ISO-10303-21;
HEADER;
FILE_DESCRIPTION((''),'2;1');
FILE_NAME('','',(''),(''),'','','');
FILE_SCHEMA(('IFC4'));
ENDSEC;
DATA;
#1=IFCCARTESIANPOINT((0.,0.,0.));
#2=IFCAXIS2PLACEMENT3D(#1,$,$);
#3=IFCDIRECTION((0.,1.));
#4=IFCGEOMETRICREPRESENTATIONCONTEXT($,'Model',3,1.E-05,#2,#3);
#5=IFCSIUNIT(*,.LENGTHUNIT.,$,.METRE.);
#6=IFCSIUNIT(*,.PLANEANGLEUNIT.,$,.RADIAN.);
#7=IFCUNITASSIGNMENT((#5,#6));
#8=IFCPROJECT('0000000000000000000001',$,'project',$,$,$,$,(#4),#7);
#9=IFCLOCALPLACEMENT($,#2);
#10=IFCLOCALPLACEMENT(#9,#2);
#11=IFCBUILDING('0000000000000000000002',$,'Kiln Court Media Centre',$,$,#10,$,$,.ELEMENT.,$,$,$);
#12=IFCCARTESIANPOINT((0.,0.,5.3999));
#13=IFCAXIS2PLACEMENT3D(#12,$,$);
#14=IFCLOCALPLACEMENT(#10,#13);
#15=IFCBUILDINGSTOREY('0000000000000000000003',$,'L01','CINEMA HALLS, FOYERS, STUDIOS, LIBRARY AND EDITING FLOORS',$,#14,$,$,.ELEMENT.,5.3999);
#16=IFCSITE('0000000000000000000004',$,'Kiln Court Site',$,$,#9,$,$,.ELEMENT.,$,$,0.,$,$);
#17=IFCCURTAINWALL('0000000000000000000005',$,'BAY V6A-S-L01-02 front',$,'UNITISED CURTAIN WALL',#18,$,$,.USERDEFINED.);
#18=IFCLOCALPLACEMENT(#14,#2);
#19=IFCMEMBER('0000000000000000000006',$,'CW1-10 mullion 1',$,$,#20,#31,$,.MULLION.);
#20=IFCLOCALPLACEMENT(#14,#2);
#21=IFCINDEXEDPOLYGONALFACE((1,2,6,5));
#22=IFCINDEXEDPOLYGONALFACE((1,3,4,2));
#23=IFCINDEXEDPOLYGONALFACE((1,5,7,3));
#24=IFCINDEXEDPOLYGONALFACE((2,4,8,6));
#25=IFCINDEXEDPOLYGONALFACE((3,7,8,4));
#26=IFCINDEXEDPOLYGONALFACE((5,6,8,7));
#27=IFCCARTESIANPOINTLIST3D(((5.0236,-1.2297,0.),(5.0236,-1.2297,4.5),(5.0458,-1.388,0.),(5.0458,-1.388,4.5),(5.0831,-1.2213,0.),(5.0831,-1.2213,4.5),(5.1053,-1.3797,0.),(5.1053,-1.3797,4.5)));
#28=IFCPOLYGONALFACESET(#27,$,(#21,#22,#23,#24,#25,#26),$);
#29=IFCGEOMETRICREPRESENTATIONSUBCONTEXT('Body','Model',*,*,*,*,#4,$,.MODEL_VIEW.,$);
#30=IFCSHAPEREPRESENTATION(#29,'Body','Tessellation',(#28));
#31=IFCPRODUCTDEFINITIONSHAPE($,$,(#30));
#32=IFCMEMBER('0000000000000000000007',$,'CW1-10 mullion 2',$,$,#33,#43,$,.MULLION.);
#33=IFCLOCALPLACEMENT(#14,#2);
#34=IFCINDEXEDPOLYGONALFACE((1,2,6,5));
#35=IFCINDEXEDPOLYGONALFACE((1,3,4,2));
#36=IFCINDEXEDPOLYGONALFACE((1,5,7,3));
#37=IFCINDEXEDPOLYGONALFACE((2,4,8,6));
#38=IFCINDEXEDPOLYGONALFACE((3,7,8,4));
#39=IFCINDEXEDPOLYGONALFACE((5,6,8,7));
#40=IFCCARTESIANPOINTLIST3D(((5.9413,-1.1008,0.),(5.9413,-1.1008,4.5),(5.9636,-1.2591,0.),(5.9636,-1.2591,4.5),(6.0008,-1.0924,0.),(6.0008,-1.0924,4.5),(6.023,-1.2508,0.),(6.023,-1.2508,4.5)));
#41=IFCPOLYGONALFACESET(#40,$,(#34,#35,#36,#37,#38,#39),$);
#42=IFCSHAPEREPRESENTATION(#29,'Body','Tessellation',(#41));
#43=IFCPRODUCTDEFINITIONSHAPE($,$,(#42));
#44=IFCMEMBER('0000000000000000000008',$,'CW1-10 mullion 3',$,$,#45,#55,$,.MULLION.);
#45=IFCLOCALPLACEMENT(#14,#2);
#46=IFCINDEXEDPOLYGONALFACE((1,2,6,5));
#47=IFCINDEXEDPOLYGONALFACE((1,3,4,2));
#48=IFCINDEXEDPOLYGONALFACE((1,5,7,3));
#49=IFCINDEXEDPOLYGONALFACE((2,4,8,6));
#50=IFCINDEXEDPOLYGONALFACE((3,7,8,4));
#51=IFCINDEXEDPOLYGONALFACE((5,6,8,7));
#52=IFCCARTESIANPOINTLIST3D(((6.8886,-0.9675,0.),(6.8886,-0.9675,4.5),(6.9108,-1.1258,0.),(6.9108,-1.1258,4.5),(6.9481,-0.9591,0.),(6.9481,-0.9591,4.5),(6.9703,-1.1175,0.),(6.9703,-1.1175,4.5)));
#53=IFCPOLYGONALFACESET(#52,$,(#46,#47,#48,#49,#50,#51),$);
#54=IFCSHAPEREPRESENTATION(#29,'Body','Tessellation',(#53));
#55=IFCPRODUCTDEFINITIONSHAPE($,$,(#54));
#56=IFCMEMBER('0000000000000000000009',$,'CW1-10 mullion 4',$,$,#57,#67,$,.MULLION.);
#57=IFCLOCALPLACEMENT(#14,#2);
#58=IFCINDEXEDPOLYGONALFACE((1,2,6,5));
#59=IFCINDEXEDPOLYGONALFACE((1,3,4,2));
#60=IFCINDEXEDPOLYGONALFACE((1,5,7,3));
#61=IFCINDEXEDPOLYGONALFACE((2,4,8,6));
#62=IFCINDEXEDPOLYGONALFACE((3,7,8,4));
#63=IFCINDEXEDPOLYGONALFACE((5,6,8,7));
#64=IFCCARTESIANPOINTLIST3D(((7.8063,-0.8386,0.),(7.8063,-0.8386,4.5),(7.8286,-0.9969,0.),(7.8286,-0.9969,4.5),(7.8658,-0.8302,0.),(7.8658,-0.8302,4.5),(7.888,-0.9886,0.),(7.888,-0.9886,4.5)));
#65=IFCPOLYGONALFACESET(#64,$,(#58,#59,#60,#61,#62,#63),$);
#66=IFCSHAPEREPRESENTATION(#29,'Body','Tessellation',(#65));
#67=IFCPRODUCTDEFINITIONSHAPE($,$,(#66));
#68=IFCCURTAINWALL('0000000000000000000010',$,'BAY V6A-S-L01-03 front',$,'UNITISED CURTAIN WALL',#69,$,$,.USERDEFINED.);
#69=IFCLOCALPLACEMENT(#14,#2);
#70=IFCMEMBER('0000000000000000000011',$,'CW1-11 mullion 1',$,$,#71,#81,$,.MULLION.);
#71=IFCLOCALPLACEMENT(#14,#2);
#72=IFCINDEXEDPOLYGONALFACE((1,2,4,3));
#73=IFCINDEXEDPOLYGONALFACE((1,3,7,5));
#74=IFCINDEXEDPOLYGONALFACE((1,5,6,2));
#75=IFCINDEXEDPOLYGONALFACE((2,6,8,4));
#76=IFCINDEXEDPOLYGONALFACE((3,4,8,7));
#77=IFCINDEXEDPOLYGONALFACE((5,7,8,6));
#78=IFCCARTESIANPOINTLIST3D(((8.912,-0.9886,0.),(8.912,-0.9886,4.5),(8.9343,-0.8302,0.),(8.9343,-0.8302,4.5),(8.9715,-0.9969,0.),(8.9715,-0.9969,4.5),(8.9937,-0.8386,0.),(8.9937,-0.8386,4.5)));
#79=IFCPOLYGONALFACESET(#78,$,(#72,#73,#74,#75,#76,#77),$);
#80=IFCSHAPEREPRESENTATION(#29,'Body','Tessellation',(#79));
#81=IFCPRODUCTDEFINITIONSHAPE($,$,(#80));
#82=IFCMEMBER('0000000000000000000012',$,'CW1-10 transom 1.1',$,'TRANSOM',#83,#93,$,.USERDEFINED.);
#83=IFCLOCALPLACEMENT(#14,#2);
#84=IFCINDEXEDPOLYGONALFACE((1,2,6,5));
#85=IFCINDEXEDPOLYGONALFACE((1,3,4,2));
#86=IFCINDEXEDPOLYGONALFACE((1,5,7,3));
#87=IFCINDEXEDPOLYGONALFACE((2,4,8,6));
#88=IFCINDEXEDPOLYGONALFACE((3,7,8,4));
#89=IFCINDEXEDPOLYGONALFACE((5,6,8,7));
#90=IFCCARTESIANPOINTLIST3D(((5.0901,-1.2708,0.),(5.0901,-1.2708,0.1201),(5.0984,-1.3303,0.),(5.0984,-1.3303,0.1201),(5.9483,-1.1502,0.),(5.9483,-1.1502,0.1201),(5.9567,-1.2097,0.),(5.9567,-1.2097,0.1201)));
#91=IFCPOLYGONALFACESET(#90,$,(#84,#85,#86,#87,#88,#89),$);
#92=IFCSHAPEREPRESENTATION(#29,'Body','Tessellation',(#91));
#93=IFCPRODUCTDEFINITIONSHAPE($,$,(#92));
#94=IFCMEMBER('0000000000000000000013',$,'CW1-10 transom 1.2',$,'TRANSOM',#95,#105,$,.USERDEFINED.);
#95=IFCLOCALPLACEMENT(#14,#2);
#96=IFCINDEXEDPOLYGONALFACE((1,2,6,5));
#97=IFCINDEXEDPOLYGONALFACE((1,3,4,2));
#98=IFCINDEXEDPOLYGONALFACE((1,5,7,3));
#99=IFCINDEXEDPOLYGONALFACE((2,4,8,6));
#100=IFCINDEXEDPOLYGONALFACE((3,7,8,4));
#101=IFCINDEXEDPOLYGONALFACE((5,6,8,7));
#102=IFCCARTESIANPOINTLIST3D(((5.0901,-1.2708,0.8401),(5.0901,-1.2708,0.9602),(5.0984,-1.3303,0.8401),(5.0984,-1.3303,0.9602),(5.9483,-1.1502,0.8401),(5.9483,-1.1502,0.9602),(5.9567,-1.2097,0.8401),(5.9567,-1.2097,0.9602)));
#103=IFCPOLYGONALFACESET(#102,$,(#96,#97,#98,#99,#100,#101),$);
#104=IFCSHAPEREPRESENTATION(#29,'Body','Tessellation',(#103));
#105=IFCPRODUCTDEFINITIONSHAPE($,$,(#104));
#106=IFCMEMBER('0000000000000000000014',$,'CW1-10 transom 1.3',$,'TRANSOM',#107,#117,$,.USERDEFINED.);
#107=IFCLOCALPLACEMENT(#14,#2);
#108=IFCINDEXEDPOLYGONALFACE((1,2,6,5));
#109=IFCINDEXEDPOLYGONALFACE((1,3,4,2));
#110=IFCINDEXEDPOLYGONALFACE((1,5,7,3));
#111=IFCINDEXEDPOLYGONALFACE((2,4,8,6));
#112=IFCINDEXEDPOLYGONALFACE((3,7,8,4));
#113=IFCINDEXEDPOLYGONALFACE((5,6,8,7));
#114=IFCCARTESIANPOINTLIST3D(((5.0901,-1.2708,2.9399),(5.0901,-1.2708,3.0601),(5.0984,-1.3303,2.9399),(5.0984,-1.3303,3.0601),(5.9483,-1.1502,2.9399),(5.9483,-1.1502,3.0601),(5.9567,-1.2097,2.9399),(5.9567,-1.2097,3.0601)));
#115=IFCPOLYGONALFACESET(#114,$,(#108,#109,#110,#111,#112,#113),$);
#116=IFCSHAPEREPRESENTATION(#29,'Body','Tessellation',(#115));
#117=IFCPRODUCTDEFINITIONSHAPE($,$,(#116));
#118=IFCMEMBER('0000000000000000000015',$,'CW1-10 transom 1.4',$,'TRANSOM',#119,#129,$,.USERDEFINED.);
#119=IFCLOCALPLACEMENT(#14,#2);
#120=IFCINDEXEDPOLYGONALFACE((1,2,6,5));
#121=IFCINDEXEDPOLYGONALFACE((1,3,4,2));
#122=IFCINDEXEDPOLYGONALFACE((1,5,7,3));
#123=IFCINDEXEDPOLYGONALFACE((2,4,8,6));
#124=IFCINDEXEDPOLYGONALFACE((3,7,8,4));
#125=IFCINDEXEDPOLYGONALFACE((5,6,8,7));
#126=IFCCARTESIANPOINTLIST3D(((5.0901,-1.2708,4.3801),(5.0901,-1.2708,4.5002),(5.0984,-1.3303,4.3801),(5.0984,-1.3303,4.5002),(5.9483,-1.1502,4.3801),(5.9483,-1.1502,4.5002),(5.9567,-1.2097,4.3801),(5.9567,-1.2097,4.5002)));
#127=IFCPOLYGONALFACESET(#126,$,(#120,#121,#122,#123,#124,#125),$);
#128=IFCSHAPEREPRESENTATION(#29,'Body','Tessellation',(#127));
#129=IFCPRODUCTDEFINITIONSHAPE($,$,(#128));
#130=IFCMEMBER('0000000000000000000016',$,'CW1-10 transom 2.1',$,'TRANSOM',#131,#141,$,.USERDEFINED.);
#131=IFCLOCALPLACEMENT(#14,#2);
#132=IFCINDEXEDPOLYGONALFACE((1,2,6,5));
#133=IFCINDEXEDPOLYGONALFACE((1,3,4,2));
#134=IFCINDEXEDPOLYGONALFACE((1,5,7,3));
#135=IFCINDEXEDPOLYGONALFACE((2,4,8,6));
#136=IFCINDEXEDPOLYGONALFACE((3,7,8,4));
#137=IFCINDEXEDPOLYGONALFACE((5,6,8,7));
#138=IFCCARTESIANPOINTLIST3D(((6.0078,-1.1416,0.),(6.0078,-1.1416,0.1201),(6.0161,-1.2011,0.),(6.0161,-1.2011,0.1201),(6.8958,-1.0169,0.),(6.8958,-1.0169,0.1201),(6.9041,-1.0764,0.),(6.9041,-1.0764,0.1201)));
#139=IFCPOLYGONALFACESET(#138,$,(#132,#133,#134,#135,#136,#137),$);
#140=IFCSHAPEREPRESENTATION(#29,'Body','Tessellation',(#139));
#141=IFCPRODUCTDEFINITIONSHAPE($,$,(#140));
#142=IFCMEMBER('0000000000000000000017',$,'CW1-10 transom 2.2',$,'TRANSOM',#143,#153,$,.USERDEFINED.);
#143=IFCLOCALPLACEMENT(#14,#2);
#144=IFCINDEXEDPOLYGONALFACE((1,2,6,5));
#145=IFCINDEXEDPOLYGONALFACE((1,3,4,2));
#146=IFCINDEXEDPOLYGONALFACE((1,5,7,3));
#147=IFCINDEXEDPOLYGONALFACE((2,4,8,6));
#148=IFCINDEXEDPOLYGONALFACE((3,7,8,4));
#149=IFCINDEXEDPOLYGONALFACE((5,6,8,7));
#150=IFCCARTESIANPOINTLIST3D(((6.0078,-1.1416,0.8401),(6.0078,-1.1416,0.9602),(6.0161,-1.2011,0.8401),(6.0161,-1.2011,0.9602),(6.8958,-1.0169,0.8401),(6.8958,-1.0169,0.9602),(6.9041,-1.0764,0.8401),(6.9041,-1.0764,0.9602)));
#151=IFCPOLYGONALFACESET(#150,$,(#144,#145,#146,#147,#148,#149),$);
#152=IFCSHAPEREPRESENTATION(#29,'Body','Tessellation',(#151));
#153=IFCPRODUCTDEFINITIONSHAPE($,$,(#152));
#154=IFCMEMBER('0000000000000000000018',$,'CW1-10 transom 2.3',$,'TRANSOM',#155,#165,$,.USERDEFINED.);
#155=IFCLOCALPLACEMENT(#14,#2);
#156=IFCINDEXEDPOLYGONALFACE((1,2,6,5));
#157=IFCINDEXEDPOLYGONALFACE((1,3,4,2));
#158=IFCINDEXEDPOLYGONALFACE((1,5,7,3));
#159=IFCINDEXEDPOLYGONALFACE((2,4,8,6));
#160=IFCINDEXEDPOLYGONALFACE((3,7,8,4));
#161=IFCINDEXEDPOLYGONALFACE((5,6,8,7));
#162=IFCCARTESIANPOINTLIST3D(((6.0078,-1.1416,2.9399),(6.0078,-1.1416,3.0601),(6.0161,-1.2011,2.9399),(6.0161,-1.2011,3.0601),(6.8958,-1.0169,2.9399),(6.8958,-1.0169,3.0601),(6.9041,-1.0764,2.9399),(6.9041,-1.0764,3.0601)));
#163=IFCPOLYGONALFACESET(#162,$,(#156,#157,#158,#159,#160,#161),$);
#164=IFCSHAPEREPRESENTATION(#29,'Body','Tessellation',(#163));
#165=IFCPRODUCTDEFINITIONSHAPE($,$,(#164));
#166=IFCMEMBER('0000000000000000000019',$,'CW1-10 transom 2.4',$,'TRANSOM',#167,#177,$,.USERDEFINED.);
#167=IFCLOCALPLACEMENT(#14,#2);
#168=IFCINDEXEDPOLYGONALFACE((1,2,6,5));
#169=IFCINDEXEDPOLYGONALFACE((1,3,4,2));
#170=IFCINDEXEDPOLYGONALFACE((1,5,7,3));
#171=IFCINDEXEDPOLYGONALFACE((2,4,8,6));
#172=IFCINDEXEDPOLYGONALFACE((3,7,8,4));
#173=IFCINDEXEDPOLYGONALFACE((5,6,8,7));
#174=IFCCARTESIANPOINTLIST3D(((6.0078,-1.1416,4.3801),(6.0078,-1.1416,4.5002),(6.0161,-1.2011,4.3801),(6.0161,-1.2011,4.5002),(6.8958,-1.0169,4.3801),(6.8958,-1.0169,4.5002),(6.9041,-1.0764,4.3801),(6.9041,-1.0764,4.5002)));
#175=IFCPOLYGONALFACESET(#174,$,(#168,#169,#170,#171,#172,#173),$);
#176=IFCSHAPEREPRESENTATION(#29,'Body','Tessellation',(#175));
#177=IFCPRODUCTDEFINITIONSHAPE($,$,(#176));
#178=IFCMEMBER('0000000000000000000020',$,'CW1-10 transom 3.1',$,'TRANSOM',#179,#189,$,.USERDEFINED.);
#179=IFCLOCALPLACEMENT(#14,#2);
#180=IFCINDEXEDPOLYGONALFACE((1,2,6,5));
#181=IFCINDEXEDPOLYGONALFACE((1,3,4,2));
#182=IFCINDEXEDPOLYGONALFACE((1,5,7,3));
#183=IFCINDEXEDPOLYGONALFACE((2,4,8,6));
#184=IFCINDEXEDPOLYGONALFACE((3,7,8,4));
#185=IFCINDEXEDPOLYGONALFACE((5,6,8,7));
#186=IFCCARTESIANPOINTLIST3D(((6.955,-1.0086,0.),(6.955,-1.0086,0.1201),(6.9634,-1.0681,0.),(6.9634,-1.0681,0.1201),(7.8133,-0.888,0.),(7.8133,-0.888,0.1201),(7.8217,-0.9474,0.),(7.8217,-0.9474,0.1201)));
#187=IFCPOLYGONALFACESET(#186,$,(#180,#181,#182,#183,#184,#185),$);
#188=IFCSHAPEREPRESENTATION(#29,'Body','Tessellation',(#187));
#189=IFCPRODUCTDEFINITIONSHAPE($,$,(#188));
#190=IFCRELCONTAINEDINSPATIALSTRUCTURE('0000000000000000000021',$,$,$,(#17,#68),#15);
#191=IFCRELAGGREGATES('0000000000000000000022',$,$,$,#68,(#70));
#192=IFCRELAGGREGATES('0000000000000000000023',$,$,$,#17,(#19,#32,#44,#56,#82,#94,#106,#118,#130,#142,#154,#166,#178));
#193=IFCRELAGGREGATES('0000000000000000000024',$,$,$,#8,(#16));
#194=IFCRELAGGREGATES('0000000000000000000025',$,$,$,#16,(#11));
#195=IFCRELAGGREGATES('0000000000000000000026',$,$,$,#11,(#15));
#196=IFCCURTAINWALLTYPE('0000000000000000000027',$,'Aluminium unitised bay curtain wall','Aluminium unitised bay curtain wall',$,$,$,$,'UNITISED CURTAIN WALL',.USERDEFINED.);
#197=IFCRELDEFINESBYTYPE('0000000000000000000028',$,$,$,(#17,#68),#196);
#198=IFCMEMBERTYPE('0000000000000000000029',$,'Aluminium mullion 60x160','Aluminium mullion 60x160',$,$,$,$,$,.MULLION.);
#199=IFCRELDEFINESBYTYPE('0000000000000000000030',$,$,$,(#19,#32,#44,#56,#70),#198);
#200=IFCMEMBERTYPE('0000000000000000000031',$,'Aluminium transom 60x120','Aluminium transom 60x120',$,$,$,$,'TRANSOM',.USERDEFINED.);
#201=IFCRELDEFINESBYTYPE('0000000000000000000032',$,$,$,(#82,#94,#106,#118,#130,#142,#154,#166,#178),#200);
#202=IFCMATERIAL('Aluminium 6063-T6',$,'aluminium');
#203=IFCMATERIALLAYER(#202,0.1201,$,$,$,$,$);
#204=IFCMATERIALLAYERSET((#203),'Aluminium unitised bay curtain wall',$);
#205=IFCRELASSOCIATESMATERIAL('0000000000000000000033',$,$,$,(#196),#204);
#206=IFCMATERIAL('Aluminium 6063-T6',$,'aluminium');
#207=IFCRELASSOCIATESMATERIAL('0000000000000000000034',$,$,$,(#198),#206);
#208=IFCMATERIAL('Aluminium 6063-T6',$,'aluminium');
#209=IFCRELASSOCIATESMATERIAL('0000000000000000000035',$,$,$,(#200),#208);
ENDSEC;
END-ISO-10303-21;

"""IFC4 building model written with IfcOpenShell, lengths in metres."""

from ifc_helpers import new_model, si_unit, direction, frame, origin, origin_2d, place, context, subcontext, project, spatial, rectangle, extrude, material, layer, layer_set, material_profile, profile_set, type_object, element, aggregate, save


model = new_model("IFC4")

# Units and contexts
model_context = context("Model", 3, precision=1e-05, world=origin(), true_north=direction((0.0, 1.0)))
body_context = subcontext(model_context, "Body", "Model", "MODEL_VIEW")
ifc_project = project(units=[si_unit("LENGTHUNIT", "METRE"), si_unit("PLANEANGLEUNIT", "RADIAN")], contexts=[model_context])

# Site, building, storey
site_placement = place(None, origin())
site = spatial("IfcSite", under=ifc_project, at=site_placement, Name="Kiln Court Site", CompositionType="ELEMENT", RefElevation=0.0)
building_placement = place(site_placement, origin())
building = spatial("IfcBuilding", under=site, at=building_placement, Name="Kiln Court Media Centre", CompositionType="ELEMENT")
storey_placement = place(building_placement, frame((0.0, 0.0, 5.3999)))
storey = spatial("IfcBuildingStorey", under=building, at=storey_placement, Name="L01", Description="CINEMA HALLS, FOYERS, STUDIOS, LIBRARY AND EDITING FLOORS", CompositionType="ELEMENT", Elevation=5.3999)

# Curtain wall, members
ifc_material_1 = material(Name="Aluminium 6063-T6", Category="aluminium")
ifc_layer_1 = layer(ifc_material_1, 0.1201)
ifc_layer_set_1 = layer_set([ifc_layer_1], Name="Aluminium unitised bay curtain wall")
curtain_wall_type = type_object("IfcCurtainWallType", Name="Aluminium unitised bay curtain wall", Description="Aluminium unitised bay curtain wall", ElementType="UNITISED CURTAIN WALL", PredefinedType="USERDEFINED", material=ifc_layer_set_1)
curtain_wall_1_placement = place(storey_placement, origin())
curtain_wall_1 = element("IfcCurtainWall", 1, at=curtain_wall_1_placement, inside=storey, type_object=curtain_wall_type, Name="BAY V6A-S-L01-02 front", ObjectType="UNITISED CURTAIN WALL", PredefinedType="USERDEFINED")
ifc_material_2 = material(Name="Aluminium 6063-T6", Category="aluminium")
ifc_material_profile_1 = material_profile(ifc_material_2, rectangle(XDim=0.0601, YDim=0.1599, at=origin_2d()), Name="Aluminium mullion 60x160")
ifc_profile_set_1 = profile_set([ifc_material_profile_1], Name="Aluminium 6063-T6")
member_type_1 = type_object("IfcMemberType", Name="Aluminium mullion 60x160", Description="Aluminium mullion 60x160", PredefinedType="MULLION", material=ifc_profile_set_1)
member_1_placement = place(storey_placement, frame((5.0645, -1.3047, 0.0), z_axis=(0.0, 0.0, 1.0), x_axis=(0.99027, 0.139162, 0.0)))
member_1 = element("IfcMember", 2, at=member_1_placement, type_object=member_type_1, Name="CW1-10 mullion 1", PredefinedType="MULLION", context=body_context, shape_type="SweptSolid", body=[
    extrude(rectangle(XDim=0.0601, YDim=0.1599, at=origin_2d()), origin(), (0.0, 0.0, 1.0), 4.5),
])
member_2_placement = place(storey_placement, frame((5.9822, -1.1758, 0.0), z_axis=(0.0, 0.0, 1.0), x_axis=(0.99027, 0.139162, 0.0)))
member_2 = element("IfcMember", 3, at=member_2_placement, type_object=member_type_1, Name="CW1-10 mullion 2", PredefinedType="MULLION", context=body_context, shape_type="SweptSolid", body=[
    extrude(rectangle(XDim=0.0601, YDim=0.1599, at=origin_2d()), origin(), (0.0, 0.0, 1.0), 4.5),
])
member_3_placement = place(storey_placement, frame((6.9294, -1.0425, 0.0), z_axis=(0.0, 0.0, 1.0), x_axis=(0.99027, 0.139162, 0.0)))
member_3 = element("IfcMember", 4, at=member_3_placement, type_object=member_type_1, Name="CW1-10 mullion 3", PredefinedType="MULLION", context=body_context, shape_type="SweptSolid", body=[
    extrude(rectangle(XDim=0.0601, YDim=0.1599, at=origin_2d()), origin(), (0.0, 0.0, 1.0), 4.5),
])
member_4_placement = place(storey_placement, frame((7.8472, -0.9136, 0.0), z_axis=(0.0, 0.0, 1.0), x_axis=(0.99027, 0.139162, 0.0)))
member_4 = element("IfcMember", 5, at=member_4_placement, type_object=member_type_1, Name="CW1-10 mullion 4", PredefinedType="MULLION", context=body_context, shape_type="SweptSolid", body=[
    extrude(rectangle(XDim=0.0601, YDim=0.1599, at=origin_2d()), origin(), (0.0, 0.0, 1.0), 4.5),
])

# Curtain wall, member
curtain_wall_2_placement = place(storey_placement, origin())
curtain_wall_2 = element("IfcCurtainWall", 6, at=curtain_wall_2_placement, inside=storey, type_object=curtain_wall_type, Name="BAY V6A-S-L01-03 front", ObjectType="UNITISED CURTAIN WALL", PredefinedType="USERDEFINED")
member_5_placement = place(storey_placement, frame((8.9529, -0.9136, 0.0), z_axis=(0.0, 0.0, 1.0), x_axis=(0.99027, -0.139162, 0.0)))
member_5 = element("IfcMember", 7, at=member_5_placement, type_object=member_type_1, Name="CW1-11 mullion 1", PredefinedType="MULLION", context=body_context, shape_type="SweptSolid", body=[
    extrude(rectangle(XDim=0.0601, YDim=0.1599, at=origin_2d()), origin(), (0.0, 0.0, 1.0), 4.5),
])

# Members
ifc_material_3 = material(Name="Aluminium 6063-T6", Category="aluminium")
ifc_material_profile_2 = material_profile(ifc_material_3, rectangle(XDim=0.0601, YDim=0.1201, at=origin_2d()), Name="Aluminium transom 60x120")
ifc_profile_set_2 = profile_set([ifc_material_profile_2], Name="Aluminium 6063-T6")
member_type_2 = type_object("IfcMemberType", Name="Aluminium transom 60x120", Description="Aluminium transom 60x120", ElementType="TRANSOM", PredefinedType="USERDEFINED", material=ifc_profile_set_2)
member_6_placement = place(storey_placement, frame((5.0942, -1.3005, 0.0601), z_axis=(0.990268, 0.139173, 0.0), x_axis=(-0.139173, 0.990268, 0.0)))
member_6 = element("IfcMember", 8, at=member_6_placement, type_object=member_type_2, Name="CW1-10 transom 1.1", ObjectType="TRANSOM", PredefinedType="USERDEFINED", context=body_context, shape_type="SweptSolid", body=[
    extrude(rectangle(XDim=0.0601, YDim=0.1201, at=origin_2d()), origin(), (0.0, 0.0, 1.0), 0.8667),
])
member_7_placement = place(storey_placement, frame((5.0942, -1.3005, 0.9001), z_axis=(0.990268, 0.139173, 0.0), x_axis=(-0.139173, 0.990268, 0.0)))
member_7 = element("IfcMember", 9, at=member_7_placement, type_object=member_type_2, Name="CW1-10 transom 1.2", ObjectType="TRANSOM", PredefinedType="USERDEFINED", context=body_context, shape_type="SweptSolid", body=[
    extrude(rectangle(XDim=0.0601, YDim=0.1201, at=origin_2d()), origin(), (0.0, 0.0, 1.0), 0.8667),
])
member_8_placement = place(storey_placement, frame((5.0942, -1.3005, 3.0), z_axis=(0.990268, 0.139173, 0.0), x_axis=(-0.139173, 0.990268, 0.0)))
member_8 = element("IfcMember", 10, at=member_8_placement, type_object=member_type_2, Name="CW1-10 transom 1.3", ObjectType="TRANSOM", PredefinedType="USERDEFINED", context=body_context, shape_type="SweptSolid", body=[
    extrude(rectangle(XDim=0.0601, YDim=0.1201, at=origin_2d()), origin(), (0.0, 0.0, 1.0), 0.8667),
])
member_9_placement = place(storey_placement, frame((5.0942, -1.3005, 4.4402), z_axis=(0.990268, 0.139173, 0.0), x_axis=(-0.139173, 0.990268, 0.0)))
member_9 = element("IfcMember", 11, at=member_9_placement, type_object=member_type_2, Name="CW1-10 transom 1.4", ObjectType="TRANSOM", PredefinedType="USERDEFINED", context=body_context, shape_type="SweptSolid", body=[
    extrude(rectangle(XDim=0.0601, YDim=0.1201, at=origin_2d()), origin(), (0.0, 0.0, 1.0), 0.8667),
])
member_10_placement = place(storey_placement, frame((6.012, -1.1714, 0.0601), z_axis=(0.990274, 0.139134, 0.0), x_axis=(-0.139134, 0.990274, 0.0)))
member_10 = element("IfcMember", 12, at=member_10_placement, type_object=member_type_2, Name="CW1-10 transom 2.1", ObjectType="TRANSOM", PredefinedType="USERDEFINED", context=body_context, shape_type="SweptSolid", body=[
    extrude(rectangle(XDim=0.0601, YDim=0.1201, at=origin_2d()), origin(), (0.0, 0.0, 1.0), 0.8967),
])
member_11_placement = place(storey_placement, frame((6.012, -1.1714, 0.9001), z_axis=(0.990274, 0.139134, 0.0), x_axis=(-0.139134, 0.990274, 0.0)))
member_11 = element("IfcMember", 13, at=member_11_placement, type_object=member_type_2, Name="CW1-10 transom 2.2", ObjectType="TRANSOM", PredefinedType="USERDEFINED", context=body_context, shape_type="SweptSolid", body=[
    extrude(rectangle(XDim=0.0601, YDim=0.1201, at=origin_2d()), origin(), (0.0, 0.0, 1.0), 0.8967),
])
member_12_placement = place(storey_placement, frame((6.012, -1.1714, 3.0), z_axis=(0.990274, 0.139134, 0.0), x_axis=(-0.139134, 0.990274, 0.0)))
member_12 = element("IfcMember", 14, at=member_12_placement, type_object=member_type_2, Name="CW1-10 transom 2.3", ObjectType="TRANSOM", PredefinedType="USERDEFINED", context=body_context, shape_type="SweptSolid", body=[
    extrude(rectangle(XDim=0.0601, YDim=0.1201, at=origin_2d()), origin(), (0.0, 0.0, 1.0), 0.8967),
])
member_13_placement = place(storey_placement, frame((6.012, -1.1714, 4.4402), z_axis=(0.990274, 0.139134, 0.0), x_axis=(-0.139134, 0.990274, 0.0)))
member_13 = element("IfcMember", 15, at=member_13_placement, type_object=member_type_2, Name="CW1-10 transom 2.4", ObjectType="TRANSOM", PredefinedType="USERDEFINED", context=body_context, shape_type="SweptSolid", body=[
    extrude(rectangle(XDim=0.0601, YDim=0.1201, at=origin_2d()), origin(), (0.0, 0.0, 1.0), 0.8967),
])
member_14_placement = place(storey_placement, frame((6.9592, -1.0383, 0.0601), z_axis=(0.990268, 0.139173, 0.0), x_axis=(-0.139173, 0.990268, 0.0)))
member_14 = element("IfcMember", 16, at=member_14_placement, type_object=member_type_2, Name="CW1-10 transom 3.1", ObjectType="TRANSOM", PredefinedType="USERDEFINED", context=body_context, shape_type="SweptSolid", body=[
    extrude(rectangle(XDim=0.0601, YDim=0.1201, at=origin_2d()), origin(), (0.0, 0.0, 1.0), 0.8667),
])
aggregate(curtain_wall_2, [member_5])

aggregate(curtain_wall_1, [member_1, member_2, member_3, member_4, member_6, member_7, member_8, member_9, member_10, member_11, member_12, member_13, member_14])

save(model, "model.ifc")
